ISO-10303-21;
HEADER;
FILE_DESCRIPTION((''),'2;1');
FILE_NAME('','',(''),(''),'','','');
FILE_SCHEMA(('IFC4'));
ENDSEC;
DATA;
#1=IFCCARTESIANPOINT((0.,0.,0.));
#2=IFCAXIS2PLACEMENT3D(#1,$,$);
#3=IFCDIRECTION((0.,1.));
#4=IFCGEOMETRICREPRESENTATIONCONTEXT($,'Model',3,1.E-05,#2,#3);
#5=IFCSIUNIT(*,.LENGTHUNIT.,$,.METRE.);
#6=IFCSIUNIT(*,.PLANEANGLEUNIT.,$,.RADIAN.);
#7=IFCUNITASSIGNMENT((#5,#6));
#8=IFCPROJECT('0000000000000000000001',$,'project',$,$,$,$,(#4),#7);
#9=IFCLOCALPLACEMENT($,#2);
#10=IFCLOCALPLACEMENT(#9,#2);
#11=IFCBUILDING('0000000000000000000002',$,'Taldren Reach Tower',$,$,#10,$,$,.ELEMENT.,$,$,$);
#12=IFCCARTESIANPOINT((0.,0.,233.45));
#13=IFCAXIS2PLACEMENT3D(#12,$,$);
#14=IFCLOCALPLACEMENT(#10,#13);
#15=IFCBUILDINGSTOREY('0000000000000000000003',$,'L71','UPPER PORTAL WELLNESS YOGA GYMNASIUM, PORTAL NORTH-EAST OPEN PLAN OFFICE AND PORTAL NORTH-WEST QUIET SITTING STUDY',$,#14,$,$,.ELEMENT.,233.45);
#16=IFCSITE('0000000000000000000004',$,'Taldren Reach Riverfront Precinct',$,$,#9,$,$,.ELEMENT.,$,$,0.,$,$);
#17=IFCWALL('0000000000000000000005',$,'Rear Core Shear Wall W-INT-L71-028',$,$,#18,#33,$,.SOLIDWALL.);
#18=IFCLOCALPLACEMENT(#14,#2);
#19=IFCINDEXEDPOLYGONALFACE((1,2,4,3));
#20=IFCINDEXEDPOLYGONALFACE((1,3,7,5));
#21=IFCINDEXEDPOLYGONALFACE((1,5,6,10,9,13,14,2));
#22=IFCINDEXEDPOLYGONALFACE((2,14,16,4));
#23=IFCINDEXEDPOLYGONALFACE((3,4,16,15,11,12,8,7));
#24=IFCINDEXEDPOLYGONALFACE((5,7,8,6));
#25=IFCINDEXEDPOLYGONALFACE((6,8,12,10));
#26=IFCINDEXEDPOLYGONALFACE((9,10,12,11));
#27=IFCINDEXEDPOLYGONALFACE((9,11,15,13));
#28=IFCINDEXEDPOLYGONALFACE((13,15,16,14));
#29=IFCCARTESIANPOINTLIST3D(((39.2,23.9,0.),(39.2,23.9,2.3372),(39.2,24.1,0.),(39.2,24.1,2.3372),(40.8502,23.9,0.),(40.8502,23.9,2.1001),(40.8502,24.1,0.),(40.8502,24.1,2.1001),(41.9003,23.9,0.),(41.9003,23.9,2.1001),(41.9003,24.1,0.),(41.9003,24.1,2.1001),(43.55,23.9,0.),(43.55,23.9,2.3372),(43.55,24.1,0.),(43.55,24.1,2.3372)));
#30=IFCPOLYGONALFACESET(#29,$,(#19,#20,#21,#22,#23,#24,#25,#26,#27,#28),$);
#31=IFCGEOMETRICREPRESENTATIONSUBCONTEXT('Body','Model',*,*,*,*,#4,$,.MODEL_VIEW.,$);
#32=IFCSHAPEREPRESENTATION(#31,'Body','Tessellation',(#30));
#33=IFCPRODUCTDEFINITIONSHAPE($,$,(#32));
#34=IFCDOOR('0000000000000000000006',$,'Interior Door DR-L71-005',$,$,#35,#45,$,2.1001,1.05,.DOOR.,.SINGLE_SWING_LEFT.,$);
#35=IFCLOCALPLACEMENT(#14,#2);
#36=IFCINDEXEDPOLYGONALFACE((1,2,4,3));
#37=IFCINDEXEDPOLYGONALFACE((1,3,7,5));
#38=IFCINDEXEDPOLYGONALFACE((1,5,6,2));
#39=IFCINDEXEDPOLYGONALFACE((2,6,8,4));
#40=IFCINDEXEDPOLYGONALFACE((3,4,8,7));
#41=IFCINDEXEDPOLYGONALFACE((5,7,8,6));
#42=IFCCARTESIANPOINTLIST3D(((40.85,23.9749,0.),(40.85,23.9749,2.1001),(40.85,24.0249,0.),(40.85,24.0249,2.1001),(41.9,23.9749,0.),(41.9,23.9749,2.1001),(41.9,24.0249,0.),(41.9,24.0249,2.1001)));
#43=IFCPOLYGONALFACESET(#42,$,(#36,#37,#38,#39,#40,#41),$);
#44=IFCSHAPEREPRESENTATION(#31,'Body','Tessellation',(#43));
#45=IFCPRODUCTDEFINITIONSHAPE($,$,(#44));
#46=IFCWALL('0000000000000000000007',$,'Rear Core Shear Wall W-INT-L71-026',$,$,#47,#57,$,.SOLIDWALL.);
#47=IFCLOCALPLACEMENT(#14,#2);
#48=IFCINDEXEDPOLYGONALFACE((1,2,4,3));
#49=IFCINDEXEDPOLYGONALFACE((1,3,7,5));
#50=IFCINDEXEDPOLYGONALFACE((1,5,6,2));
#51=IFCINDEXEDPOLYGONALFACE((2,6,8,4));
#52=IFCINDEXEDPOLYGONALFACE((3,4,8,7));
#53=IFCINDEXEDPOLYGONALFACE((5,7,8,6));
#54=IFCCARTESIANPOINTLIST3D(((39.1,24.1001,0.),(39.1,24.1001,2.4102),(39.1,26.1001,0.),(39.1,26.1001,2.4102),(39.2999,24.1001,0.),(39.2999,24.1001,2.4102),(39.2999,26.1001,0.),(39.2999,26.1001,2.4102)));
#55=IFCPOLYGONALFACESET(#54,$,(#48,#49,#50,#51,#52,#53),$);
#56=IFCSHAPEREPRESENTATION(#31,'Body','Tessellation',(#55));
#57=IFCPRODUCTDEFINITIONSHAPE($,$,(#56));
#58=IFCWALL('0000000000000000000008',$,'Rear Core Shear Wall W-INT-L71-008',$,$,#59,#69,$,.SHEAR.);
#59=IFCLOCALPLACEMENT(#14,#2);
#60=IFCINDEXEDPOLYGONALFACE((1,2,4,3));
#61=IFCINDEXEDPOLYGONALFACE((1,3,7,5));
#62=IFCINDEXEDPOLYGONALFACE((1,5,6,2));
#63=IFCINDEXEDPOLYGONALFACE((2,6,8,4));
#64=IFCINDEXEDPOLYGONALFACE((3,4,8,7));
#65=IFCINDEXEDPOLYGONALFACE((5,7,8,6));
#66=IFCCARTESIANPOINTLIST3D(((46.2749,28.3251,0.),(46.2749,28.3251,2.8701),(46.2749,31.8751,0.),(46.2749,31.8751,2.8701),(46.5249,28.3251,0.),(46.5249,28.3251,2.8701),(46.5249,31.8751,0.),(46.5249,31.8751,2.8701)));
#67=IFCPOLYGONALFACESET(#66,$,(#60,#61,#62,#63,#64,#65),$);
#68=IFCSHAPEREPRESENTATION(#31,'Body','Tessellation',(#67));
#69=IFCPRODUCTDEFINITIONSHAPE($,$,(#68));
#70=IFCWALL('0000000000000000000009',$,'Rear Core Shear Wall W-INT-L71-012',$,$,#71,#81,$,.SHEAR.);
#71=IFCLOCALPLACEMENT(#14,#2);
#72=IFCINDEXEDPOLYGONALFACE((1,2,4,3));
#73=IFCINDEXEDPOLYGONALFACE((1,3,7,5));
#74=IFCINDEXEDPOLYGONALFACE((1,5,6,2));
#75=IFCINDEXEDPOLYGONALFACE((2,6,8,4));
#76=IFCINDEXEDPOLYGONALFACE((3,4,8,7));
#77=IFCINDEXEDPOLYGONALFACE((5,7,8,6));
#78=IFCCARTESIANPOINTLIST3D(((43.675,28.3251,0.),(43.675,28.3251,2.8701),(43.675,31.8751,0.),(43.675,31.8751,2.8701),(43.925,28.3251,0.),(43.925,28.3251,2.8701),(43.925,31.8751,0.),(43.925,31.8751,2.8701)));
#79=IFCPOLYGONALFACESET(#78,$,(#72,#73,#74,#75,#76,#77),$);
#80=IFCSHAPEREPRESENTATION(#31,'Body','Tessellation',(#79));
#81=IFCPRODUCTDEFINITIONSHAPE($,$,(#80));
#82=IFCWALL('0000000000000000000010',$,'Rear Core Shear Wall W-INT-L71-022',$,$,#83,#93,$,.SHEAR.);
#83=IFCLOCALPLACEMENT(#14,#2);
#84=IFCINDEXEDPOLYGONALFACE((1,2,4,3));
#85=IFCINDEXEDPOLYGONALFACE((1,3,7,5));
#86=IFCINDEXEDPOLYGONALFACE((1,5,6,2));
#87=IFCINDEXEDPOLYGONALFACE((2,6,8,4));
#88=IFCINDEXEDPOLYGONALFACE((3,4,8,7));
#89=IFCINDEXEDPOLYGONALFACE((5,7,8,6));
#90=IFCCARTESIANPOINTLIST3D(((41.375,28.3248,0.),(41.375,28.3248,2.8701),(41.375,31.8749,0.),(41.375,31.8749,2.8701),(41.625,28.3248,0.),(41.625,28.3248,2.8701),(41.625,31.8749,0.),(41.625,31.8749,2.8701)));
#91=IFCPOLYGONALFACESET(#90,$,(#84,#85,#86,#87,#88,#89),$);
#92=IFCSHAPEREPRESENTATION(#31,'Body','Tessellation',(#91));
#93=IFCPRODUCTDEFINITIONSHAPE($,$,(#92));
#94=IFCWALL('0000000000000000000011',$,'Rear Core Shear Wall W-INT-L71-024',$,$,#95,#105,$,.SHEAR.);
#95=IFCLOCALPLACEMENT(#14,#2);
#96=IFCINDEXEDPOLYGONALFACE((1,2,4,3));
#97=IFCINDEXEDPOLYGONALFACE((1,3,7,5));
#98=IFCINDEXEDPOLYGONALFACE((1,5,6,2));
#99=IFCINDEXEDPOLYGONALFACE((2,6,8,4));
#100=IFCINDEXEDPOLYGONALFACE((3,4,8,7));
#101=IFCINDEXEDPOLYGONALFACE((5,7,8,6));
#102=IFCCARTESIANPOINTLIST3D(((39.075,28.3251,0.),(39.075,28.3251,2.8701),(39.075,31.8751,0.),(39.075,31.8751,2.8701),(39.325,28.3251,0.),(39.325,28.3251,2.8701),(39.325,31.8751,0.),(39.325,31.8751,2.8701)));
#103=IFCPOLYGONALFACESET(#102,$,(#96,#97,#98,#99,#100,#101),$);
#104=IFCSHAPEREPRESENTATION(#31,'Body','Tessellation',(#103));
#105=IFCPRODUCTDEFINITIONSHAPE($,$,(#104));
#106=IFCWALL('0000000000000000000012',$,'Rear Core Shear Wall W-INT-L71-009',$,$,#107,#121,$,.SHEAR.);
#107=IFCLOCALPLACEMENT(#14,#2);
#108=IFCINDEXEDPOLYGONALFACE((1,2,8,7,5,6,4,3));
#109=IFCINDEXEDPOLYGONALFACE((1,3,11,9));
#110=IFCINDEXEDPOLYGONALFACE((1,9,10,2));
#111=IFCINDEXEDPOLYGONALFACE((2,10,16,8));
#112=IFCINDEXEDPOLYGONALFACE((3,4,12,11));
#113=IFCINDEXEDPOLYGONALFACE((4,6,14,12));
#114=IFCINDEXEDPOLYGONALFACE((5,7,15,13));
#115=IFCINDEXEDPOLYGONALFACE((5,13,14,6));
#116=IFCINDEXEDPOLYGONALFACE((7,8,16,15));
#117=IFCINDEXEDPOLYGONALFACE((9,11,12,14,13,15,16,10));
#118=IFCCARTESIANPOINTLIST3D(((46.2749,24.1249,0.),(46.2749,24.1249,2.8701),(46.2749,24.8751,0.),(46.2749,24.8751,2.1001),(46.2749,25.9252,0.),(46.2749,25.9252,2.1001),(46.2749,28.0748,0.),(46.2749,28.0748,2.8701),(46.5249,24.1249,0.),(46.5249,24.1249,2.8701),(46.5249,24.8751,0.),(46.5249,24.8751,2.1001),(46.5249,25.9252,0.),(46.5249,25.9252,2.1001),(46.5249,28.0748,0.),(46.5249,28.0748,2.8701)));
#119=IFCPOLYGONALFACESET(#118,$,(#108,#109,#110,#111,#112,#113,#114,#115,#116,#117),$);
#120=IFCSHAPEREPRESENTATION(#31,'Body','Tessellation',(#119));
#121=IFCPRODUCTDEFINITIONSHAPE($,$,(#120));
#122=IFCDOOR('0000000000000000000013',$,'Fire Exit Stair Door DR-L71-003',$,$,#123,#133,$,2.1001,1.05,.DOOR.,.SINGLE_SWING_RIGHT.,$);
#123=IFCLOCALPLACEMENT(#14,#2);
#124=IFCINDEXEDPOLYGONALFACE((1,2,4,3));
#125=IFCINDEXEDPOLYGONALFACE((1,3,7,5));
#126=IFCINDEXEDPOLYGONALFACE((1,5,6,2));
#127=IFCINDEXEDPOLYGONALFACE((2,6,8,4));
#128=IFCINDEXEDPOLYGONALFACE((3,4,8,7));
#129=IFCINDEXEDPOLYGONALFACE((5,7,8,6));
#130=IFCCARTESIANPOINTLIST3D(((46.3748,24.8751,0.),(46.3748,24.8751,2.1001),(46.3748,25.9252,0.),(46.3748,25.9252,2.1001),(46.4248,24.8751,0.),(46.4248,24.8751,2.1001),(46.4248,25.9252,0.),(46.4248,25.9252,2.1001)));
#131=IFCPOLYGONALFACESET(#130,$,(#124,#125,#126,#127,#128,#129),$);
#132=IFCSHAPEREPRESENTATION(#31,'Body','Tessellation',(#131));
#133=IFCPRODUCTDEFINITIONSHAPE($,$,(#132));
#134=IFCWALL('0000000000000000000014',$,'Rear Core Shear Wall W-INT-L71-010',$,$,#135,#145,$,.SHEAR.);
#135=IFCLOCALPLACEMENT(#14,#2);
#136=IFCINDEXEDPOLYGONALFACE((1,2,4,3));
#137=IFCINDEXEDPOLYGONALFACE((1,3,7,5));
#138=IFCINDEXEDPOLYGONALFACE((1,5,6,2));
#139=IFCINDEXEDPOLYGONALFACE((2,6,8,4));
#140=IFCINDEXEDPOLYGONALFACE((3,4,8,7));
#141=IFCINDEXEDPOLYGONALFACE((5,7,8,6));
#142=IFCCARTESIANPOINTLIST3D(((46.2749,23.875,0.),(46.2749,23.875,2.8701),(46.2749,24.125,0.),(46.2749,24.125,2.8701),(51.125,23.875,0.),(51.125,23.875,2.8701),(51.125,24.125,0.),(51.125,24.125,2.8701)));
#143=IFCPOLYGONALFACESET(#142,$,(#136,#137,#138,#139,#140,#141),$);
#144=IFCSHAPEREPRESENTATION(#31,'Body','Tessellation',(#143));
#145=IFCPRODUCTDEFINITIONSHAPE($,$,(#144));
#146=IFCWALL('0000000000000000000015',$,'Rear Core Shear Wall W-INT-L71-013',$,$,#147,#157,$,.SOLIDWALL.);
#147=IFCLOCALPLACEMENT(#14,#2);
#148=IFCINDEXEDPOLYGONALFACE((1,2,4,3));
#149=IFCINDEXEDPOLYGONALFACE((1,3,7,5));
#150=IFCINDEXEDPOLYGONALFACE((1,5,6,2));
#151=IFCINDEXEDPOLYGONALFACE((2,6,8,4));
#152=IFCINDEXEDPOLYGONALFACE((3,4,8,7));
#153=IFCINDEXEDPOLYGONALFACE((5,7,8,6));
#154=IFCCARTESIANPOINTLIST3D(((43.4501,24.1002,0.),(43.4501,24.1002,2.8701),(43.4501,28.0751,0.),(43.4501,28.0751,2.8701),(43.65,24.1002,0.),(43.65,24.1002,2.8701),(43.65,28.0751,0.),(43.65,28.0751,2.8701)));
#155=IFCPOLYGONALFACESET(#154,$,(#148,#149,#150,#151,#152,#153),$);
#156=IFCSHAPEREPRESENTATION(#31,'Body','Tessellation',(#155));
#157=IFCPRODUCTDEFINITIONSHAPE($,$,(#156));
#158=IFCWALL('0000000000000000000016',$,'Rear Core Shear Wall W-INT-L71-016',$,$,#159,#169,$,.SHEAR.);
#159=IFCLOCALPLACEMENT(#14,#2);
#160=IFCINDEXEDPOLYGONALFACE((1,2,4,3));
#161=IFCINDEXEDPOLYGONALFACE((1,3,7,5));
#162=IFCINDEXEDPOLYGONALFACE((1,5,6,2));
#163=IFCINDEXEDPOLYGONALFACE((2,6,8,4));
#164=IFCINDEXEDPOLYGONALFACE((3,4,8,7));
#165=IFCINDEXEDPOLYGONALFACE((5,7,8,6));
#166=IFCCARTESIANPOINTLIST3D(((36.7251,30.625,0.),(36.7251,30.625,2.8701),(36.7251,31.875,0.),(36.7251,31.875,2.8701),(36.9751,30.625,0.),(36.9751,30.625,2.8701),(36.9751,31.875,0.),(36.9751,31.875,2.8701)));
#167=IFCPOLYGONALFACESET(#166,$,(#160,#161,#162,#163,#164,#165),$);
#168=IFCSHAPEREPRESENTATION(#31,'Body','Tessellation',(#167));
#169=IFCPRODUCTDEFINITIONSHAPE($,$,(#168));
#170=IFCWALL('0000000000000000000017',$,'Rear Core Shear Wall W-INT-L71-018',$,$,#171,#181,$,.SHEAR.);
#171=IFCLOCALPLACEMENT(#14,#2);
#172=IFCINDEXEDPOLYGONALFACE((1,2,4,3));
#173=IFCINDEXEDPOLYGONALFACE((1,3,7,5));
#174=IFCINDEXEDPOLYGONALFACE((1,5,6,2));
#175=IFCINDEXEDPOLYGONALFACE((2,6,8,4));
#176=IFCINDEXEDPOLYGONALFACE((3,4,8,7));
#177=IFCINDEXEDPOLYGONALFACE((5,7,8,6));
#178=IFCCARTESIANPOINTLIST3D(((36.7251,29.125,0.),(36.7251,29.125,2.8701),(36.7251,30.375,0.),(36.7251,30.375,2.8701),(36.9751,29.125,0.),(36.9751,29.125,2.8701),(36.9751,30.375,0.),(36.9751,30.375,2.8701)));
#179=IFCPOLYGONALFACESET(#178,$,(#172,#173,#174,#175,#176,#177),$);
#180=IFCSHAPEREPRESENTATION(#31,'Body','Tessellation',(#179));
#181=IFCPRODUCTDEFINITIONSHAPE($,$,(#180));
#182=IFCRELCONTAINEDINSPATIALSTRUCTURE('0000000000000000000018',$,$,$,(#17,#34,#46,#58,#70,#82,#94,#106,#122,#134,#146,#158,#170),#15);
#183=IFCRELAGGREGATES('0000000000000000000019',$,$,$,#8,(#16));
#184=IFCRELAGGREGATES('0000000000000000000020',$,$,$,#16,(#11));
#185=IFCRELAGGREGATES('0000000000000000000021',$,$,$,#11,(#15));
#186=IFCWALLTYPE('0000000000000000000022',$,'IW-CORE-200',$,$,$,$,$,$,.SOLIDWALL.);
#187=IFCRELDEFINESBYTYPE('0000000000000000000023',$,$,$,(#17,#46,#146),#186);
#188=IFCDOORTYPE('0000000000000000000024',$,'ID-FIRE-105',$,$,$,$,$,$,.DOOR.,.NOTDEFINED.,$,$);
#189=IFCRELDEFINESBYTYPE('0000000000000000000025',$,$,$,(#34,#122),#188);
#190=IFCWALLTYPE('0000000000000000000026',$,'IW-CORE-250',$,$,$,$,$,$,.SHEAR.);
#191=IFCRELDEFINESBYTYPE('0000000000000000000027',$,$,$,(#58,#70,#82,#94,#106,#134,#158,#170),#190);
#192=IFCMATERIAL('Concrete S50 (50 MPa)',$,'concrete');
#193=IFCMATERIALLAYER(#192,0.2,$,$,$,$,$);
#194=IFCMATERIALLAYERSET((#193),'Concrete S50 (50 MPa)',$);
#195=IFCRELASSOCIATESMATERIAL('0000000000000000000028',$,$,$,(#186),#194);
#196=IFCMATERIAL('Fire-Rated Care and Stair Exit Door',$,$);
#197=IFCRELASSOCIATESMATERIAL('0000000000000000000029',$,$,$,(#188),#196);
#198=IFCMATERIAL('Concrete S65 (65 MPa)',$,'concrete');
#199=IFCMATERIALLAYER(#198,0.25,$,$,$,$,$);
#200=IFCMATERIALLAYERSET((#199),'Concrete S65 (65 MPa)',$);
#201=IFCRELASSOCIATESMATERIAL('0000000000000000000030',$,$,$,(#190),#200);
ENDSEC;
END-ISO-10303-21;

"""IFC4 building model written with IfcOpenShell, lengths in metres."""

from ifc_helpers import new_model, si_unit, direction, frame, frame_2d, origin, place, context, subcontext, project, spatial, rectangle, extrude, source, transform, mapped, material, layer, layer_set, type_object, element, fill, save


model = new_model("IFC4")

# Units and contexts
model_context = context("Model", 3, precision=1e-05, world=origin(), true_north=direction((0.0, 1.0)))
body_context = subcontext(model_context, "Body", "Model", "MODEL_VIEW")
ifc_project = project(units=[si_unit("LENGTHUNIT", "METRE"), si_unit("PLANEANGLEUNIT", "RADIAN")], contexts=[model_context])

# Site, building, storey
site_placement = place(None, origin())
site = spatial("IfcSite", under=ifc_project, at=site_placement, Name="Taldren Reach Riverfront Precinct", CompositionType="ELEMENT", RefElevation=0.0)
building_placement = place(site_placement, origin())
building = spatial("IfcBuilding", under=site, at=building_placement, Name="Taldren Reach Tower", CompositionType="ELEMENT")
storey_placement = place(building_placement, frame((0.0, 0.0, 233.45)))
storey = spatial("IfcBuildingStorey", under=building, at=storey_placement, Name="L71", Description="UPPER PORTAL WELLNESS YOGA GYMNASIUM, PORTAL NORTH-EAST OPEN PLAN OFFICE AND PORTAL NORTH-WEST QUIET SITTING STUDY", CompositionType="ELEMENT", Elevation=233.45)

# Wall, opening, door
ifc_material_1 = material(Name="Concrete S50 (50 MPa)", Category="concrete")
ifc_layer_1 = layer(ifc_material_1, 0.2)
ifc_layer_set_1 = layer_set([ifc_layer_1], Name="Concrete S50 (50 MPa)")
wall_type_1 = type_object("IfcWallType", Name="IW-CORE-200", PredefinedType="SOLIDWALL", material=ifc_layer_set_1)
shared_shape_1 = source(origin(), body_context, "Body", "SweptSolid", [
    extrude(rectangle(XDim=4.3501, YDim=0.2, at=frame_2d((2.175, 0.0))), origin(), (0.0, 0.0, 1.0), 2.3372),
])
wall_1_placement = place(storey_placement, frame((43.55, 24.0, 0.0), z_axis=(0.0, 0.0, 1.0), x_axis=(-1.0, 0.0, 0.0)))
wall_1 = element("IfcWall", 1, at=wall_1_placement, inside=storey, type_object=wall_type_1, Name="Rear Core Shear Wall W-INT-L71-028", PredefinedType="SOLIDWALL", context=body_context, shape_type="MappedRepresentation", body=[
    mapped(shared_shape_1, transform((0.0, 0.0, 0.0), scale=1.0)),
])
shared_shape_2 = source(origin(), body_context, "Body", "SweptSolid", [
    extrude(rectangle(XDim=1.05, YDim=2.1001, at=frame_2d((0.5249, 1.05))), frame((0.0, 0.1099, 0.0), z_axis=(0.0, -1.0, 0.0), x_axis=(1.0, 0.0, 0.0)), (0.0, 0.0, 1.0), 0.22),
])
opening_1_placement = place(wall_1_placement, frame((1.6499, 0.0, 0.0)))
opening_1 = element("IfcOpeningElement", 2, at=opening_1_placement, cuts=wall_1, PredefinedType="OPENING", context=body_context, shape_type="MappedRepresentation", body=[
    mapped(shared_shape_2, transform((0.0, 0.0, 0.0), scale=1.0)),
])
ifc_material_2 = material(Name="Fire-Rated Care and Stair Exit Door")
door_type_1 = type_object("IfcDoorType", Name="ID-FIRE-105", OperationType="NOTDEFINED", PredefinedType="DOOR", material=ifc_material_2)
shared_shape_3 = source(origin(), body_context, "Body", "SweptSolid", [
    extrude(rectangle(XDim=1.05, YDim=2.1001, at=frame_2d((0.5249, 1.05))), frame((0.0, 0.0249, 0.0), z_axis=(0.0, -1.0, 0.0), x_axis=(1.0, 0.0, 0.0)), (0.0, 0.0, 1.0), 0.05),
])
door_1_placement = place(opening_1_placement, frame((1.05, 0.0, 0.0), z_axis=(0.0, 0.0, 1.0), x_axis=(-1.0, 0.0, 0.0)))
door_1 = element("IfcDoor", 3, at=door_1_placement, inside=storey, type_object=door_type_1, Name="Interior Door DR-L71-005", OperationType="SINGLE_SWING_LEFT", OverallHeight=2.1001, OverallWidth=1.05, PredefinedType="DOOR", context=body_context, shape_type="MappedRepresentation", body=[
    mapped(shared_shape_3, transform((0.0, 0.0, 0.0), scale=1.0)),
])
fill(opening_1, door_1)

# Walls
shared_shape_4 = source(origin(), body_context, "Body", "SweptSolid", [
    extrude(rectangle(XDim=2.0, YDim=0.2, at=frame_2d((1.0, 0.0))), origin(), (0.0, 0.0, 1.0), 2.4102),
])
wall_2_placement = place(storey_placement, frame((39.2, 24.1001, 0.0), z_axis=(0.0, 0.0, 1.0), x_axis=(0.0, 1.0, 0.0)))
element("IfcWall", 4, at=wall_2_placement, inside=storey, type_object=wall_type_1, Name="Rear Core Shear Wall W-INT-L71-026", PredefinedType="SOLIDWALL", context=body_context, shape_type="MappedRepresentation", body=[
    mapped(shared_shape_4, transform((0.0, 0.0, 0.0), scale=1.0)),
])
ifc_material_3 = material(Name="Concrete S65 (65 MPa)", Category="concrete")
ifc_layer_2 = layer(ifc_material_3, 0.25)
ifc_layer_set_2 = layer_set([ifc_layer_2], Name="Concrete S65 (65 MPa)")
wall_type_2 = type_object("IfcWallType", Name="IW-CORE-250", PredefinedType="SHEAR", material=ifc_layer_set_2)
shared_shape_5 = source(origin(), body_context, "Body", "SweptSolid", [
    extrude(rectangle(XDim=3.55, YDim=0.25, at=frame_2d((1.7749, 0.0))), origin(), (0.0, 0.0, 1.0), 2.8701),
])
for number, where, z_axis, x_axis, name in (
    (5, (46.3999, 31.875, 0.0), (0.0, 0.0, 1.0), (0.0, -1.0, 0.0), "Rear Core Shear Wall W-INT-L71-008"),
    (6, (43.8, 31.875, 0.0), (0.0, 0.0, 1.0), (0.0, -1.0, 0.0), "Rear Core Shear Wall W-INT-L71-012"),
    (7, (41.5, 28.325, 0.0), (0.0, 0.0, 1.0), (0.0, 1.0, 0.0), "Rear Core Shear Wall W-INT-L71-022"),
    (8, (39.2, 31.875, 0.0), (0.0, 0.0, 1.0), (0.0, -1.0, 0.0), "Rear Core Shear Wall W-INT-L71-024"),
):
    element("IfcWall", number, at=place(storey_placement, frame(where, z_axis=z_axis, x_axis=x_axis)), inside=storey, type_object=wall_type_2, Name=name, PredefinedType="SHEAR", context=body_context, shape_type="MappedRepresentation", body=[
        mapped(shared_shape_5, transform((0.0, 0.0, 0.0), scale=1.0)),
    ])

# Wall, opening, door
shared_shape_6 = source(origin(), body_context, "Body", "SweptSolid", [
    extrude(rectangle(XDim=3.95, YDim=0.25, at=frame_2d((1.9751, 0.0))), origin(), (0.0, 0.0, 1.0), 2.8701),
])
wall_3_placement = place(storey_placement, frame((46.3999, 28.075, 0.0), z_axis=(0.0, 0.0, 1.0), x_axis=(0.0, -1.0, 0.0)))
wall_3 = element("IfcWall", 9, at=wall_3_placement, inside=storey, type_object=wall_type_2, Name="Rear Core Shear Wall W-INT-L71-009", PredefinedType="SHEAR", context=body_context, shape_type="MappedRepresentation", body=[
    mapped(shared_shape_6, transform((0.0, 0.0, 0.0), scale=1.0)),
])
shared_shape_7 = source(origin(), body_context, "Body", "SweptSolid", [
    extrude(rectangle(XDim=1.05, YDim=2.1001, at=frame_2d((0.5249, 1.05))), frame((0.0, 0.135, 0.0), z_axis=(0.0, -1.0, 0.0), x_axis=(1.0, 0.0, 0.0)), (0.0, 0.0, 1.0), 0.27),
])
opening_2_placement = place(wall_3_placement, frame((2.1499, 0.0, 0.0)))
opening_2 = element("IfcOpeningElement", 10, at=opening_2_placement, cuts=wall_3, PredefinedType="OPENING", context=body_context, shape_type="MappedRepresentation", body=[
    mapped(shared_shape_7, transform((0.0, 0.0, 0.0), scale=1.0)),
])
door_2_placement = place(opening_2_placement, origin())
door_2 = element("IfcDoor", 11, at=door_2_placement, inside=storey, type_object=door_type_1, Name="Fire Exit Stair Door DR-L71-003", OperationType="SINGLE_SWING_RIGHT", OverallHeight=2.1001, OverallWidth=1.05, PredefinedType="DOOR", context=body_context, shape_type="MappedRepresentation", body=[
    mapped(shared_shape_3, transform((0.0, 0.0, 0.0), scale=1.0)),
])
fill(opening_2, door_2)

# Wall
shared_shape_8 = source(origin(), body_context, "Body", "SweptSolid", [
    extrude(rectangle(XDim=4.8501, YDim=0.25, at=frame_2d((2.425, 0.0))), origin(), (0.0, 0.0, 1.0), 2.8701),
])
wall_4_placement = place(storey_placement, frame((46.2749, 24.0, 0.0), z_axis=(0.0, 0.0, 1.0), x_axis=(1.0, 0.0, 0.0)))
element("IfcWall", 12, at=wall_4_placement, inside=storey, type_object=wall_type_2, Name="Rear Core Shear Wall W-INT-L71-010", PredefinedType="SHEAR", context=body_context, shape_type="MappedRepresentation", body=[
    mapped(shared_shape_8, transform((0.0, 0.0, 0.0), scale=1.0)),
])

# Walls
shared_shape_9 = source(origin(), body_context, "Body", "SweptSolid", [
    extrude(rectangle(XDim=3.9749, YDim=0.2, at=frame_2d((1.9873, 0.0))), origin(), (0.0, 0.0, 1.0), 2.8701),
])
wall_5_placement = place(storey_placement, frame((43.55, 28.075, 0.0), z_axis=(0.0, 0.0, 1.0), x_axis=(0.0, -1.0, 0.0)))
element("IfcWall", 13, at=wall_5_placement, inside=storey, type_object=wall_type_1, Name="Rear Core Shear Wall W-INT-L71-013", PredefinedType="SOLIDWALL", context=body_context, shape_type="MappedRepresentation", body=[
    mapped(shared_shape_9, transform((0.0, 0.0, 0.0), scale=1.0)),
])
shared_shape_10 = source(origin(), body_context, "Body", "SweptSolid", [
    extrude(rectangle(XDim=1.25, YDim=0.25, at=frame_2d((0.625, 0.0))), origin(), (0.0, 0.0, 1.0), 2.8701),
])
for number, where, z_axis, x_axis, name in (
    (14, (36.8501, 30.625, 0.0), (0.0, 0.0, 1.0), (0.0, 1.0, 0.0), "Rear Core Shear Wall W-INT-L71-016"),
    (15, (36.8501, 29.125, 0.0), (0.0, 0.0, 1.0), (0.0, 1.0, 0.0), "Rear Core Shear Wall W-INT-L71-018"),
):
    element("IfcWall", number, at=place(storey_placement, frame(where, z_axis=z_axis, x_axis=x_axis)), inside=storey, type_object=wall_type_2, Name=name, PredefinedType="SHEAR", context=body_context, shape_type="MappedRepresentation", body=[
        mapped(shared_shape_10, transform((0.0, 0.0, 0.0), scale=1.0)),
    ])

save(model, "model.ifc")
